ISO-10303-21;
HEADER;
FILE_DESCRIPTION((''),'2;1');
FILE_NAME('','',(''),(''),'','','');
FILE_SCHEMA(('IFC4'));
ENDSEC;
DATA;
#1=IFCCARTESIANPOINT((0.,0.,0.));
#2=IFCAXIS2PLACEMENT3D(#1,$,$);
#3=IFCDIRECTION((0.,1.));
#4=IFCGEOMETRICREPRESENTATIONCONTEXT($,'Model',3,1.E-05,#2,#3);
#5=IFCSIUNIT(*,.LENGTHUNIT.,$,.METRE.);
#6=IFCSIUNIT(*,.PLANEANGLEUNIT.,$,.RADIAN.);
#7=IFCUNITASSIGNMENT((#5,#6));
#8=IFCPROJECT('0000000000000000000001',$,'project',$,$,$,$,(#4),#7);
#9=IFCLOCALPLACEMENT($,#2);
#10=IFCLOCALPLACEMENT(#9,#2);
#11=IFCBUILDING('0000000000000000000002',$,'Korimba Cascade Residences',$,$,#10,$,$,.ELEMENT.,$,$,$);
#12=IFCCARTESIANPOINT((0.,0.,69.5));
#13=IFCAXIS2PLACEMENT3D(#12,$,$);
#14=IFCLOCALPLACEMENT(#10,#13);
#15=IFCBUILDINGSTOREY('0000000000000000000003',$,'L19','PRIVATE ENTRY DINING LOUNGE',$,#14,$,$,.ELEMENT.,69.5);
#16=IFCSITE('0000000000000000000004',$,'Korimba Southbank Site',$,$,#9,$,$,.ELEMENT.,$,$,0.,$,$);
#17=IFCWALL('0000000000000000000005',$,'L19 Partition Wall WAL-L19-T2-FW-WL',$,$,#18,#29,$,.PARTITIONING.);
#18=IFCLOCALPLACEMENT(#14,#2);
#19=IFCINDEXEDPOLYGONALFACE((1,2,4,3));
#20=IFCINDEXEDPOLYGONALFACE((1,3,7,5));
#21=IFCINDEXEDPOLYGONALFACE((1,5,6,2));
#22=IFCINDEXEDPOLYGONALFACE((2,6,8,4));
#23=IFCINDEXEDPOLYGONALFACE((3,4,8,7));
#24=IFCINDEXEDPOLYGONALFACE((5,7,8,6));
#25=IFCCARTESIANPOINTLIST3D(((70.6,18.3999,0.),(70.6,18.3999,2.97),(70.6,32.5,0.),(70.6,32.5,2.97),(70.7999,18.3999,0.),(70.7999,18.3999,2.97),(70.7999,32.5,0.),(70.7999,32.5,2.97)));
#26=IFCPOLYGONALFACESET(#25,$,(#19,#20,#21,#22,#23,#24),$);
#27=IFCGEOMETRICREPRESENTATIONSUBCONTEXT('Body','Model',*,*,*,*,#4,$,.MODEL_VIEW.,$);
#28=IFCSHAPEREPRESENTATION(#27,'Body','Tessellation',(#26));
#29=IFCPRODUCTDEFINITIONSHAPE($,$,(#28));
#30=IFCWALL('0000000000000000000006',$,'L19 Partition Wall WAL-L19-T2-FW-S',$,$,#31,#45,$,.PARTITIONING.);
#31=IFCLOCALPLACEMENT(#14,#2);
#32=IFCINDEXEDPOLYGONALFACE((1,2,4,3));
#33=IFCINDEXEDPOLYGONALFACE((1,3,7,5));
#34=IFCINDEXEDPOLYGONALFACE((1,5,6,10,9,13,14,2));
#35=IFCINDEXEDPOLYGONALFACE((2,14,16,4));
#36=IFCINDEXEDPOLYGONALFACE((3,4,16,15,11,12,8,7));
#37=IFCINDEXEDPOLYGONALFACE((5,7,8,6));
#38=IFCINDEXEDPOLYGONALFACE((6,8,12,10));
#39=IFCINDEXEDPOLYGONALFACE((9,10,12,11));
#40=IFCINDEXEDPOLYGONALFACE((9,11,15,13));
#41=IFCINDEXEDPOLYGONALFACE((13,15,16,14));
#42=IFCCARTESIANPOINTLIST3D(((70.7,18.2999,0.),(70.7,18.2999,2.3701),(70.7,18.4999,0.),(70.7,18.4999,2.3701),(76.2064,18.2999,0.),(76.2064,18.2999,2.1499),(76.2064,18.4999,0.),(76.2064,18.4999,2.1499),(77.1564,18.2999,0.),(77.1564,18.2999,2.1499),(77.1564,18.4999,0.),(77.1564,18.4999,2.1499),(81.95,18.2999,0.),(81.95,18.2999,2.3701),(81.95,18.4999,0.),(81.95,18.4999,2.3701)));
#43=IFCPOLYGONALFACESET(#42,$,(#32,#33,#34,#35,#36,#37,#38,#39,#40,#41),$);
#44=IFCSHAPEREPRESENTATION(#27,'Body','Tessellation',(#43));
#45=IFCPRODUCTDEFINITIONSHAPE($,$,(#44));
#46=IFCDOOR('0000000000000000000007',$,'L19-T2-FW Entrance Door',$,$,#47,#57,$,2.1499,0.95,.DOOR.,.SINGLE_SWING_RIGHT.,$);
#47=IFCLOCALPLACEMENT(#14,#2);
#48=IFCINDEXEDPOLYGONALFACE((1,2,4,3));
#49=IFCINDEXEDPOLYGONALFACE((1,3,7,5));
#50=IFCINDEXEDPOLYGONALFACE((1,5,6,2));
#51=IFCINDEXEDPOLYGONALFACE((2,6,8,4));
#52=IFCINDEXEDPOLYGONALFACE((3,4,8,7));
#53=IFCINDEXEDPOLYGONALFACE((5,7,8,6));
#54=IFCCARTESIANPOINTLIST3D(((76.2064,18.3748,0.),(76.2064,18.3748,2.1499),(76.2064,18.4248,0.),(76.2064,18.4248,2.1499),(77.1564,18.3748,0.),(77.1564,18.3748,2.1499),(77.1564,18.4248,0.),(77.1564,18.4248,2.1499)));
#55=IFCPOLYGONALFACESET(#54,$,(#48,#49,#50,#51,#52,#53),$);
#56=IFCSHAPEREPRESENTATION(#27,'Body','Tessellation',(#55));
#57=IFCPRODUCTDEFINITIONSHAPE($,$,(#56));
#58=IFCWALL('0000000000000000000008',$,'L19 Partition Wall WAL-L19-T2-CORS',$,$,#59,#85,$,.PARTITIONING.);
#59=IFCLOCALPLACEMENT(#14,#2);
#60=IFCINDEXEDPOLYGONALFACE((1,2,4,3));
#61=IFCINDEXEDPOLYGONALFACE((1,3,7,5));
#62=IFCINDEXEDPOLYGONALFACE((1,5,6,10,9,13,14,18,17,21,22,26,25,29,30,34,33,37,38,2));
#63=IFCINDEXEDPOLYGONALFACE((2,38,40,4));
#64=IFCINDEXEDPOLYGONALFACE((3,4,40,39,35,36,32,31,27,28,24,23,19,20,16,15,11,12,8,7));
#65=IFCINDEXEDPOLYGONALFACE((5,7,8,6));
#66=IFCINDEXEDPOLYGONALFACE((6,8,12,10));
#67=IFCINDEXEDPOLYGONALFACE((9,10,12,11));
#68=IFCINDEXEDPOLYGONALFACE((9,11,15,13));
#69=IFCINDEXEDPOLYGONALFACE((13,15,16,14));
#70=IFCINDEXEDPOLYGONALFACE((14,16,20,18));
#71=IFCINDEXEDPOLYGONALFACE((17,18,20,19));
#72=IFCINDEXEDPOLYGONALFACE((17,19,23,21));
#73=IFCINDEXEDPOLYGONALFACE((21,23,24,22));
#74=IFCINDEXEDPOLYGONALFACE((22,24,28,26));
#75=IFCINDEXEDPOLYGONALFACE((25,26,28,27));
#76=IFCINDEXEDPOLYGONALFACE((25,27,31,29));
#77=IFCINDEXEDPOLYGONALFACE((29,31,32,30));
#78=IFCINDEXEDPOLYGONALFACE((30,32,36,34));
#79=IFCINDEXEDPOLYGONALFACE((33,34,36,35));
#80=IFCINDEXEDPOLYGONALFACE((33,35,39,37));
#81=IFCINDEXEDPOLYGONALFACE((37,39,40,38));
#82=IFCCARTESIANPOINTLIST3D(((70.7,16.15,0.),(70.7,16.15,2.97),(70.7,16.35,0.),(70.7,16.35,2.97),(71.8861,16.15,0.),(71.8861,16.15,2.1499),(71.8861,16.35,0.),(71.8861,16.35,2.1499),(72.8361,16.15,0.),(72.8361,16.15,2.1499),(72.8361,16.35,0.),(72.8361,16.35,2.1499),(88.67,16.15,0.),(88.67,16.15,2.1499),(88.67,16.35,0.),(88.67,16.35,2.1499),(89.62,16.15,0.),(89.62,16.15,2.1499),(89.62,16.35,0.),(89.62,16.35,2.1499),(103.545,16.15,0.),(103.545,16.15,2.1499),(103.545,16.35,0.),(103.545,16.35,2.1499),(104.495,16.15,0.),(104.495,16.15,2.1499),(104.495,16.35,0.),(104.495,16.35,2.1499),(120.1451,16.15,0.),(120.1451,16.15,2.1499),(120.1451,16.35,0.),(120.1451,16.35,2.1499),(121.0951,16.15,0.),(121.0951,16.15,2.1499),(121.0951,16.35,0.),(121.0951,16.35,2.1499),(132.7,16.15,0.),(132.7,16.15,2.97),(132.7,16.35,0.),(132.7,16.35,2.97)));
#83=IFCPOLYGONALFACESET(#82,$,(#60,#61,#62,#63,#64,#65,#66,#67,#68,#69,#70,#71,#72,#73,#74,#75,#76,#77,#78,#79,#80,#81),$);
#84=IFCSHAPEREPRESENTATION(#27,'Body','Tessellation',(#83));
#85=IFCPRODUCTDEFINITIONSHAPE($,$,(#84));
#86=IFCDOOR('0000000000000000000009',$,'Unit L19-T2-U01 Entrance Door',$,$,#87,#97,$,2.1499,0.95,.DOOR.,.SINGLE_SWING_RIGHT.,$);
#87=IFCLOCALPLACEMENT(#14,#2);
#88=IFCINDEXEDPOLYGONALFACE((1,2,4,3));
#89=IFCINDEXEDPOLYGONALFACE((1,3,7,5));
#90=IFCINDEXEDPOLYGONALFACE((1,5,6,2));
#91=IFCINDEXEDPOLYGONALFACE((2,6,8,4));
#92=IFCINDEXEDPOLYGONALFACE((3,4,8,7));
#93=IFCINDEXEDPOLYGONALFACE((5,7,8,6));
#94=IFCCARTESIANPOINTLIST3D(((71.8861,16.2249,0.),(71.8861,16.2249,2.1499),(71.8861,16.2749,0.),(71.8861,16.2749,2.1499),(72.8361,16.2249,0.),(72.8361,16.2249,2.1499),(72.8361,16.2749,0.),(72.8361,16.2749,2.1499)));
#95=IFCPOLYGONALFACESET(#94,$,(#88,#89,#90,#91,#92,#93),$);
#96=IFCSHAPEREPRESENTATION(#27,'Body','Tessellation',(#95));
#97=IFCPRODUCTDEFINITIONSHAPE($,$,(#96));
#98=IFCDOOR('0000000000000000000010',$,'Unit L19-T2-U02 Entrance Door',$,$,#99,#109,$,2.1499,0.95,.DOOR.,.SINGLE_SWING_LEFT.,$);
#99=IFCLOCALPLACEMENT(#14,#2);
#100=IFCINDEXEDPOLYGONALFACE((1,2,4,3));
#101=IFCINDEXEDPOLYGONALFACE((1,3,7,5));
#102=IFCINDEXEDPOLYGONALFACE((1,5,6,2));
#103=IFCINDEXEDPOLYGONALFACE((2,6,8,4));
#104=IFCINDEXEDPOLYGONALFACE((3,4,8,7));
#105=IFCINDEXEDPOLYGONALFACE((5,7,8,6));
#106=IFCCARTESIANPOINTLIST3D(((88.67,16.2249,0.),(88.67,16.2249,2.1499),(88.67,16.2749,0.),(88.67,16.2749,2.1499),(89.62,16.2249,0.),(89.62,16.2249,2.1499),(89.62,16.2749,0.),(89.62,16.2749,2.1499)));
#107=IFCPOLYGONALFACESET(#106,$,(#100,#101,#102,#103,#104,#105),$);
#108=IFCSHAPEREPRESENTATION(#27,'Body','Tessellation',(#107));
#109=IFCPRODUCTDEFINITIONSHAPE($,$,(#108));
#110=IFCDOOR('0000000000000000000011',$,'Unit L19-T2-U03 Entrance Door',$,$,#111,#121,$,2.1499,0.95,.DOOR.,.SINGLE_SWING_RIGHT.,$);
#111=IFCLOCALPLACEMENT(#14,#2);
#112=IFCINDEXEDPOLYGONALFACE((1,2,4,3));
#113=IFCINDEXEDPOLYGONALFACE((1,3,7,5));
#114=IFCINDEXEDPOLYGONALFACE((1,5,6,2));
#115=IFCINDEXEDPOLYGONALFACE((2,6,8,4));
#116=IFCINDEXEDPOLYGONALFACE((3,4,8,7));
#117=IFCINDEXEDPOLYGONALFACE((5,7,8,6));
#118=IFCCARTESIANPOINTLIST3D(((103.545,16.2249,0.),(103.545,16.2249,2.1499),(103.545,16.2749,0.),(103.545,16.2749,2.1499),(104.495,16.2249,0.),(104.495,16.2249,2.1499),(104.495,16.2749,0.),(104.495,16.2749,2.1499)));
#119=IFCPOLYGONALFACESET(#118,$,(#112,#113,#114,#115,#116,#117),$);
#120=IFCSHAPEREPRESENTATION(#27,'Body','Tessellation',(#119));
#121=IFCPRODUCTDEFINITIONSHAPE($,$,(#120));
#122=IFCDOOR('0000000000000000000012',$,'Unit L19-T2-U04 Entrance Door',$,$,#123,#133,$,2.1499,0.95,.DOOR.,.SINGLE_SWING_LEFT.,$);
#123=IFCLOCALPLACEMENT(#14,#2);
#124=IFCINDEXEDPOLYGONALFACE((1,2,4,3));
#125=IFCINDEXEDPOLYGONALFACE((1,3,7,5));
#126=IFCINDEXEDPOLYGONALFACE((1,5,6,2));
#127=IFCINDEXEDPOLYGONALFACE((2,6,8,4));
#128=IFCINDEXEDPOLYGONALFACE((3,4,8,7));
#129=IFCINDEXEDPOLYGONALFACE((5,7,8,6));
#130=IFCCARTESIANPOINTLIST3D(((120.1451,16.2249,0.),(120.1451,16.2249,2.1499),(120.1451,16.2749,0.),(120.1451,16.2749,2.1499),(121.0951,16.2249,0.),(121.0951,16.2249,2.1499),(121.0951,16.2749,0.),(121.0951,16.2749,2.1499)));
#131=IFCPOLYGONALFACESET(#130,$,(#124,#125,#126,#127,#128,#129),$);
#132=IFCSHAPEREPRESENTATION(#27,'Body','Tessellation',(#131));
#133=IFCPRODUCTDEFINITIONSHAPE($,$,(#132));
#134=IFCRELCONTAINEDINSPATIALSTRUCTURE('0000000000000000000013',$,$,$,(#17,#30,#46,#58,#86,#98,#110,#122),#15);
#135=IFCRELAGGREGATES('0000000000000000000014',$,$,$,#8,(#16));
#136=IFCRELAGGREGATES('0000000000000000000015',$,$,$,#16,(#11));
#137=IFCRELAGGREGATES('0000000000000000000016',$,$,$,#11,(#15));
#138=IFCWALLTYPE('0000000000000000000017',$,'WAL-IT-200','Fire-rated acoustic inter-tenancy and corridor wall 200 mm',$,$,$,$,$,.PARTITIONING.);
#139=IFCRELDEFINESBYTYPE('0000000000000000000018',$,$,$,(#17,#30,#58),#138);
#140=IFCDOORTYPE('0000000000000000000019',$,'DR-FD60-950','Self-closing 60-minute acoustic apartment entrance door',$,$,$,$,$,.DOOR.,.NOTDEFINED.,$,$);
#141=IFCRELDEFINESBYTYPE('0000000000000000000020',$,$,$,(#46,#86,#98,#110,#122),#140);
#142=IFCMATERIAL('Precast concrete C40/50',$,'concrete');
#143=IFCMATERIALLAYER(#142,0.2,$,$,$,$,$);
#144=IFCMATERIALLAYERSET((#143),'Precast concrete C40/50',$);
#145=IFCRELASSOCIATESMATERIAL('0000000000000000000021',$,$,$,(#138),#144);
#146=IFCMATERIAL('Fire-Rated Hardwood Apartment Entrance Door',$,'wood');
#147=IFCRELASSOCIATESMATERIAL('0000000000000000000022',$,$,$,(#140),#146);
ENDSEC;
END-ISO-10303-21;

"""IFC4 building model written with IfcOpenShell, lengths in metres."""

from ifc_helpers import new_model, si_unit, direction, frame, frame_2d, origin, place, context, subcontext, project, spatial, rectangle, extrude, material, layer, layer_set, type_object, element, fill, save


model = new_model("IFC4")

# Units and contexts
model_context = context("Model", 3, precision=1e-05, world=origin(), true_north=direction((0.0, 1.0)))
body_context = subcontext(model_context, "Body", "Model", "MODEL_VIEW")
ifc_project = project(units=[si_unit("LENGTHUNIT", "METRE"), si_unit("PLANEANGLEUNIT", "RADIAN")], contexts=[model_context])

# Site, building, storey
site_placement = place(None, origin())
site = spatial("IfcSite", under=ifc_project, at=site_placement, Name="Korimba Southbank Site", CompositionType="ELEMENT", RefElevation=0.0)
building_placement = place(site_placement, origin())
building = spatial("IfcBuilding", under=site, at=building_placement, Name="Korimba Cascade Residences", CompositionType="ELEMENT")
storey_placement = place(building_placement, frame((0.0, 0.0, 69.5)))
storey = spatial("IfcBuildingStorey", under=building, at=storey_placement, Name="L19", Description="PRIVATE ENTRY DINING LOUNGE", CompositionType="ELEMENT", Elevation=69.5)

# Wall
ifc_material_1 = material(Name="Precast concrete C40/50", Category="concrete")
ifc_layer_1 = layer(ifc_material_1, 0.2)
ifc_layer_set_1 = layer_set([ifc_layer_1], Name="Precast concrete C40/50")
wall_type_1 = type_object("IfcWallType", Name="WAL-IT-200", Description="Fire-rated acoustic inter-tenancy and corridor wall 200 mm", PredefinedType="PARTITIONING", material=ifc_layer_set_1)
wall_1_placement = place(storey_placement, frame((70.7, 18.3999, 0.0), z_axis=(0.0, 0.0, 1.0), x_axis=(0.0, 1.0, 0.0)))
element("IfcWall", 1, at=wall_1_placement, inside=storey, type_object=wall_type_1, Name="L19 Partition Wall WAL-L19-T2-FW-WL", PredefinedType="PARTITIONING", context=body_context, shape_type="SweptSolid", body=[
    extrude(rectangle(XDim=14.1001, YDim=0.2, at=frame_2d((7.05, 0.0))), origin(), (0.0, 0.0, 1.0), 2.97),
])

# Wall, opening, door
wall_2_placement = place(storey_placement, frame((70.7, 18.3999, 0.0), z_axis=(0.0, 0.0, 1.0), x_axis=(1.0, 0.0, 0.0)))
wall_2 = element("IfcWall", 2, at=wall_2_placement, inside=storey, type_object=wall_type_1, Name="L19 Partition Wall WAL-L19-T2-FW-S", PredefinedType="PARTITIONING", context=body_context, shape_type="SweptSolid", body=[
    extrude(rectangle(XDim=11.25, YDim=0.2, at=frame_2d((5.625, 0.0))), origin(), (0.0, 0.0, 1.0), 2.3701),
])
opening_1_placement = place(wall_2_placement, frame((5.5063, 0.0, 0.0)))
opening_1 = element("IfcOpeningElement", 3, at=opening_1_placement, cuts=wall_2, PredefinedType="OPENING", context=body_context, shape_type="SweptSolid", body=[
    extrude(rectangle(XDim=0.95, YDim=2.1499, at=frame_2d((0.4751, 1.075))), frame((0.0, 0.1099, 0.0), z_axis=(0.0, -1.0, 0.0), x_axis=(1.0, 0.0, 0.0)), (0.0, 0.0, 1.0), 0.22),
])
ifc_material_2 = material(Name="Fire-Rated Hardwood Apartment Entrance Door", Category="wood")
door_type_1 = type_object("IfcDoorType", Name="DR-FD60-950", Description="Self-closing 60-minute acoustic apartment entrance door", OperationType="NOTDEFINED", PredefinedType="DOOR", material=ifc_material_2)
door_1_placement = place(opening_1_placement, origin())
door_1 = element("IfcDoor", 4, at=door_1_placement, inside=storey, type_object=door_type_1, Name="L19-T2-FW Entrance Door", OperationType="SINGLE_SWING_RIGHT", OverallHeight=2.1499, OverallWidth=0.95, PredefinedType="DOOR", context=body_context, shape_type="SweptSolid", body=[
    extrude(rectangle(XDim=0.95, YDim=2.1499, at=frame_2d((0.4751, 1.075))), frame((0.0, 0.0249, 0.0), z_axis=(0.0, -1.0, 0.0), x_axis=(1.0, 0.0, 0.0)), (0.0, 0.0, 1.0), 0.05),
])
fill(opening_1, door_1)

# Wall, openings, doors
wall_3_placement = place(storey_placement, frame((70.7, 16.25, 0.0), z_axis=(0.0, 0.0, 1.0), x_axis=(1.0, 0.0, 0.0)))
wall_3 = element("IfcWall", 5, at=wall_3_placement, inside=storey, type_object=wall_type_1, Name="L19 Partition Wall WAL-L19-T2-CORS", PredefinedType="PARTITIONING", context=body_context, shape_type="SweptSolid", body=[
    extrude(rectangle(XDim=62.0, YDim=0.2, at=frame_2d((31.0, 0.0))), origin(), (0.0, 0.0, 1.0), 2.97),
])
opening_2_placement = place(wall_3_placement, frame((1.186, 0.0, 0.0)))
opening_2 = element("IfcOpeningElement", 6, at=opening_2_placement, cuts=wall_3, PredefinedType="OPENING", context=body_context, shape_type="SweptSolid", body=[
    extrude(rectangle(XDim=0.95, YDim=2.1499, at=frame_2d((0.4751, 1.075))), frame((0.0, 0.1099, 0.0), z_axis=(0.0, -1.0, 0.0), x_axis=(1.0, 0.0, 0.0)), (0.0, 0.0, 1.0), 0.22),
])
opening_3_placement = place(wall_3_placement, frame((17.97, 0.0, 0.0)))
opening_3 = element("IfcOpeningElement", 7, at=opening_3_placement, cuts=wall_3, PredefinedType="OPENING", context=body_context, shape_type="SweptSolid", body=[
    extrude(rectangle(XDim=0.95, YDim=2.1499, at=frame_2d((0.4751, 1.075))), frame((0.0, 0.1099, 0.0), z_axis=(0.0, -1.0, 0.0), x_axis=(1.0, 0.0, 0.0)), (0.0, 0.0, 1.0), 0.22),
])
opening_4_placement = place(wall_3_placement, frame((32.845, 0.0, 0.0)))
opening_4 = element("IfcOpeningElement", 8, at=opening_4_placement, cuts=wall_3, PredefinedType="OPENING", context=body_context, shape_type="SweptSolid", body=[
    extrude(rectangle(XDim=0.95, YDim=2.1499, at=frame_2d((0.4751, 1.075))), frame((0.0, 0.1099, 0.0), z_axis=(0.0, -1.0, 0.0), x_axis=(1.0, 0.0, 0.0)), (0.0, 0.0, 1.0), 0.22),
])
opening_5_placement = place(wall_3_placement, frame((49.4451, 0.0, 0.0)))
opening_5 = element("IfcOpeningElement", 9, at=opening_5_placement, cuts=wall_3, PredefinedType="OPENING", context=body_context, shape_type="SweptSolid", body=[
    extrude(rectangle(XDim=0.95, YDim=2.1499, at=frame_2d((0.4751, 1.075))), frame((0.0, 0.1099, 0.0), z_axis=(0.0, -1.0, 0.0), x_axis=(1.0, 0.0, 0.0)), (0.0, 0.0, 1.0), 0.22),
])
door_2_placement = place(opening_2_placement, origin())
door_2 = element("IfcDoor", 10, at=door_2_placement, inside=storey, type_object=door_type_1, Name="Unit L19-T2-U01 Entrance Door", OperationType="SINGLE_SWING_RIGHT", OverallHeight=2.1499, OverallWidth=0.95, PredefinedType="DOOR", context=body_context, shape_type="SweptSolid", body=[
    extrude(rectangle(XDim=0.95, YDim=2.1499, at=frame_2d((0.4751, 1.075))), frame((0.0, 0.0249, 0.0), z_axis=(0.0, -1.0, 0.0), x_axis=(1.0, 0.0, 0.0)), (0.0, 0.0, 1.0), 0.05),
])
fill(opening_2, door_2)
door_3_placement = place(opening_3_placement, origin())
door_3 = element("IfcDoor", 11, at=door_3_placement, inside=storey, type_object=door_type_1, Name="Unit L19-T2-U02 Entrance Door", OperationType="SINGLE_SWING_LEFT", OverallHeight=2.1499, OverallWidth=0.95, PredefinedType="DOOR", context=body_context, shape_type="SweptSolid", body=[
    extrude(rectangle(XDim=0.95, YDim=2.1499, at=frame_2d((0.4751, 1.075))), frame((0.0, 0.0249, 0.0), z_axis=(0.0, -1.0, 0.0), x_axis=(1.0, 0.0, 0.0)), (0.0, 0.0, 1.0), 0.05),
])
fill(opening_3, door_3)
door_4_placement = place(opening_4_placement, origin())
door_4 = element("IfcDoor", 12, at=door_4_placement, inside=storey, type_object=door_type_1, Name="Unit L19-T2-U03 Entrance Door", OperationType="SINGLE_SWING_RIGHT", OverallHeight=2.1499, OverallWidth=0.95, PredefinedType="DOOR", context=body_context, shape_type="SweptSolid", body=[
    extrude(rectangle(XDim=0.95, YDim=2.1499, at=frame_2d((0.4751, 1.075))), frame((0.0, 0.0249, 0.0), z_axis=(0.0, -1.0, 0.0), x_axis=(1.0, 0.0, 0.0)), (0.0, 0.0, 1.0), 0.05),
])
fill(opening_4, door_4)
door_5_placement = place(opening_5_placement, origin())
door_5 = element("IfcDoor", 13, at=door_5_placement, inside=storey, type_object=door_type_1, Name="Unit L19-T2-U04 Entrance Door", OperationType="SINGLE_SWING_LEFT", OverallHeight=2.1499, OverallWidth=0.95, PredefinedType="DOOR", context=body_context, shape_type="SweptSolid", body=[
    extrude(rectangle(XDim=0.95, YDim=2.1499, at=frame_2d((0.4751, 1.075))), frame((0.0, 0.0249, 0.0), z_axis=(0.0, -1.0, 0.0), x_axis=(1.0, 0.0, 0.0)), (0.0, 0.0, 1.0), 0.05),
])
fill(opening_5, door_5)

save(model, "model.ifc")
